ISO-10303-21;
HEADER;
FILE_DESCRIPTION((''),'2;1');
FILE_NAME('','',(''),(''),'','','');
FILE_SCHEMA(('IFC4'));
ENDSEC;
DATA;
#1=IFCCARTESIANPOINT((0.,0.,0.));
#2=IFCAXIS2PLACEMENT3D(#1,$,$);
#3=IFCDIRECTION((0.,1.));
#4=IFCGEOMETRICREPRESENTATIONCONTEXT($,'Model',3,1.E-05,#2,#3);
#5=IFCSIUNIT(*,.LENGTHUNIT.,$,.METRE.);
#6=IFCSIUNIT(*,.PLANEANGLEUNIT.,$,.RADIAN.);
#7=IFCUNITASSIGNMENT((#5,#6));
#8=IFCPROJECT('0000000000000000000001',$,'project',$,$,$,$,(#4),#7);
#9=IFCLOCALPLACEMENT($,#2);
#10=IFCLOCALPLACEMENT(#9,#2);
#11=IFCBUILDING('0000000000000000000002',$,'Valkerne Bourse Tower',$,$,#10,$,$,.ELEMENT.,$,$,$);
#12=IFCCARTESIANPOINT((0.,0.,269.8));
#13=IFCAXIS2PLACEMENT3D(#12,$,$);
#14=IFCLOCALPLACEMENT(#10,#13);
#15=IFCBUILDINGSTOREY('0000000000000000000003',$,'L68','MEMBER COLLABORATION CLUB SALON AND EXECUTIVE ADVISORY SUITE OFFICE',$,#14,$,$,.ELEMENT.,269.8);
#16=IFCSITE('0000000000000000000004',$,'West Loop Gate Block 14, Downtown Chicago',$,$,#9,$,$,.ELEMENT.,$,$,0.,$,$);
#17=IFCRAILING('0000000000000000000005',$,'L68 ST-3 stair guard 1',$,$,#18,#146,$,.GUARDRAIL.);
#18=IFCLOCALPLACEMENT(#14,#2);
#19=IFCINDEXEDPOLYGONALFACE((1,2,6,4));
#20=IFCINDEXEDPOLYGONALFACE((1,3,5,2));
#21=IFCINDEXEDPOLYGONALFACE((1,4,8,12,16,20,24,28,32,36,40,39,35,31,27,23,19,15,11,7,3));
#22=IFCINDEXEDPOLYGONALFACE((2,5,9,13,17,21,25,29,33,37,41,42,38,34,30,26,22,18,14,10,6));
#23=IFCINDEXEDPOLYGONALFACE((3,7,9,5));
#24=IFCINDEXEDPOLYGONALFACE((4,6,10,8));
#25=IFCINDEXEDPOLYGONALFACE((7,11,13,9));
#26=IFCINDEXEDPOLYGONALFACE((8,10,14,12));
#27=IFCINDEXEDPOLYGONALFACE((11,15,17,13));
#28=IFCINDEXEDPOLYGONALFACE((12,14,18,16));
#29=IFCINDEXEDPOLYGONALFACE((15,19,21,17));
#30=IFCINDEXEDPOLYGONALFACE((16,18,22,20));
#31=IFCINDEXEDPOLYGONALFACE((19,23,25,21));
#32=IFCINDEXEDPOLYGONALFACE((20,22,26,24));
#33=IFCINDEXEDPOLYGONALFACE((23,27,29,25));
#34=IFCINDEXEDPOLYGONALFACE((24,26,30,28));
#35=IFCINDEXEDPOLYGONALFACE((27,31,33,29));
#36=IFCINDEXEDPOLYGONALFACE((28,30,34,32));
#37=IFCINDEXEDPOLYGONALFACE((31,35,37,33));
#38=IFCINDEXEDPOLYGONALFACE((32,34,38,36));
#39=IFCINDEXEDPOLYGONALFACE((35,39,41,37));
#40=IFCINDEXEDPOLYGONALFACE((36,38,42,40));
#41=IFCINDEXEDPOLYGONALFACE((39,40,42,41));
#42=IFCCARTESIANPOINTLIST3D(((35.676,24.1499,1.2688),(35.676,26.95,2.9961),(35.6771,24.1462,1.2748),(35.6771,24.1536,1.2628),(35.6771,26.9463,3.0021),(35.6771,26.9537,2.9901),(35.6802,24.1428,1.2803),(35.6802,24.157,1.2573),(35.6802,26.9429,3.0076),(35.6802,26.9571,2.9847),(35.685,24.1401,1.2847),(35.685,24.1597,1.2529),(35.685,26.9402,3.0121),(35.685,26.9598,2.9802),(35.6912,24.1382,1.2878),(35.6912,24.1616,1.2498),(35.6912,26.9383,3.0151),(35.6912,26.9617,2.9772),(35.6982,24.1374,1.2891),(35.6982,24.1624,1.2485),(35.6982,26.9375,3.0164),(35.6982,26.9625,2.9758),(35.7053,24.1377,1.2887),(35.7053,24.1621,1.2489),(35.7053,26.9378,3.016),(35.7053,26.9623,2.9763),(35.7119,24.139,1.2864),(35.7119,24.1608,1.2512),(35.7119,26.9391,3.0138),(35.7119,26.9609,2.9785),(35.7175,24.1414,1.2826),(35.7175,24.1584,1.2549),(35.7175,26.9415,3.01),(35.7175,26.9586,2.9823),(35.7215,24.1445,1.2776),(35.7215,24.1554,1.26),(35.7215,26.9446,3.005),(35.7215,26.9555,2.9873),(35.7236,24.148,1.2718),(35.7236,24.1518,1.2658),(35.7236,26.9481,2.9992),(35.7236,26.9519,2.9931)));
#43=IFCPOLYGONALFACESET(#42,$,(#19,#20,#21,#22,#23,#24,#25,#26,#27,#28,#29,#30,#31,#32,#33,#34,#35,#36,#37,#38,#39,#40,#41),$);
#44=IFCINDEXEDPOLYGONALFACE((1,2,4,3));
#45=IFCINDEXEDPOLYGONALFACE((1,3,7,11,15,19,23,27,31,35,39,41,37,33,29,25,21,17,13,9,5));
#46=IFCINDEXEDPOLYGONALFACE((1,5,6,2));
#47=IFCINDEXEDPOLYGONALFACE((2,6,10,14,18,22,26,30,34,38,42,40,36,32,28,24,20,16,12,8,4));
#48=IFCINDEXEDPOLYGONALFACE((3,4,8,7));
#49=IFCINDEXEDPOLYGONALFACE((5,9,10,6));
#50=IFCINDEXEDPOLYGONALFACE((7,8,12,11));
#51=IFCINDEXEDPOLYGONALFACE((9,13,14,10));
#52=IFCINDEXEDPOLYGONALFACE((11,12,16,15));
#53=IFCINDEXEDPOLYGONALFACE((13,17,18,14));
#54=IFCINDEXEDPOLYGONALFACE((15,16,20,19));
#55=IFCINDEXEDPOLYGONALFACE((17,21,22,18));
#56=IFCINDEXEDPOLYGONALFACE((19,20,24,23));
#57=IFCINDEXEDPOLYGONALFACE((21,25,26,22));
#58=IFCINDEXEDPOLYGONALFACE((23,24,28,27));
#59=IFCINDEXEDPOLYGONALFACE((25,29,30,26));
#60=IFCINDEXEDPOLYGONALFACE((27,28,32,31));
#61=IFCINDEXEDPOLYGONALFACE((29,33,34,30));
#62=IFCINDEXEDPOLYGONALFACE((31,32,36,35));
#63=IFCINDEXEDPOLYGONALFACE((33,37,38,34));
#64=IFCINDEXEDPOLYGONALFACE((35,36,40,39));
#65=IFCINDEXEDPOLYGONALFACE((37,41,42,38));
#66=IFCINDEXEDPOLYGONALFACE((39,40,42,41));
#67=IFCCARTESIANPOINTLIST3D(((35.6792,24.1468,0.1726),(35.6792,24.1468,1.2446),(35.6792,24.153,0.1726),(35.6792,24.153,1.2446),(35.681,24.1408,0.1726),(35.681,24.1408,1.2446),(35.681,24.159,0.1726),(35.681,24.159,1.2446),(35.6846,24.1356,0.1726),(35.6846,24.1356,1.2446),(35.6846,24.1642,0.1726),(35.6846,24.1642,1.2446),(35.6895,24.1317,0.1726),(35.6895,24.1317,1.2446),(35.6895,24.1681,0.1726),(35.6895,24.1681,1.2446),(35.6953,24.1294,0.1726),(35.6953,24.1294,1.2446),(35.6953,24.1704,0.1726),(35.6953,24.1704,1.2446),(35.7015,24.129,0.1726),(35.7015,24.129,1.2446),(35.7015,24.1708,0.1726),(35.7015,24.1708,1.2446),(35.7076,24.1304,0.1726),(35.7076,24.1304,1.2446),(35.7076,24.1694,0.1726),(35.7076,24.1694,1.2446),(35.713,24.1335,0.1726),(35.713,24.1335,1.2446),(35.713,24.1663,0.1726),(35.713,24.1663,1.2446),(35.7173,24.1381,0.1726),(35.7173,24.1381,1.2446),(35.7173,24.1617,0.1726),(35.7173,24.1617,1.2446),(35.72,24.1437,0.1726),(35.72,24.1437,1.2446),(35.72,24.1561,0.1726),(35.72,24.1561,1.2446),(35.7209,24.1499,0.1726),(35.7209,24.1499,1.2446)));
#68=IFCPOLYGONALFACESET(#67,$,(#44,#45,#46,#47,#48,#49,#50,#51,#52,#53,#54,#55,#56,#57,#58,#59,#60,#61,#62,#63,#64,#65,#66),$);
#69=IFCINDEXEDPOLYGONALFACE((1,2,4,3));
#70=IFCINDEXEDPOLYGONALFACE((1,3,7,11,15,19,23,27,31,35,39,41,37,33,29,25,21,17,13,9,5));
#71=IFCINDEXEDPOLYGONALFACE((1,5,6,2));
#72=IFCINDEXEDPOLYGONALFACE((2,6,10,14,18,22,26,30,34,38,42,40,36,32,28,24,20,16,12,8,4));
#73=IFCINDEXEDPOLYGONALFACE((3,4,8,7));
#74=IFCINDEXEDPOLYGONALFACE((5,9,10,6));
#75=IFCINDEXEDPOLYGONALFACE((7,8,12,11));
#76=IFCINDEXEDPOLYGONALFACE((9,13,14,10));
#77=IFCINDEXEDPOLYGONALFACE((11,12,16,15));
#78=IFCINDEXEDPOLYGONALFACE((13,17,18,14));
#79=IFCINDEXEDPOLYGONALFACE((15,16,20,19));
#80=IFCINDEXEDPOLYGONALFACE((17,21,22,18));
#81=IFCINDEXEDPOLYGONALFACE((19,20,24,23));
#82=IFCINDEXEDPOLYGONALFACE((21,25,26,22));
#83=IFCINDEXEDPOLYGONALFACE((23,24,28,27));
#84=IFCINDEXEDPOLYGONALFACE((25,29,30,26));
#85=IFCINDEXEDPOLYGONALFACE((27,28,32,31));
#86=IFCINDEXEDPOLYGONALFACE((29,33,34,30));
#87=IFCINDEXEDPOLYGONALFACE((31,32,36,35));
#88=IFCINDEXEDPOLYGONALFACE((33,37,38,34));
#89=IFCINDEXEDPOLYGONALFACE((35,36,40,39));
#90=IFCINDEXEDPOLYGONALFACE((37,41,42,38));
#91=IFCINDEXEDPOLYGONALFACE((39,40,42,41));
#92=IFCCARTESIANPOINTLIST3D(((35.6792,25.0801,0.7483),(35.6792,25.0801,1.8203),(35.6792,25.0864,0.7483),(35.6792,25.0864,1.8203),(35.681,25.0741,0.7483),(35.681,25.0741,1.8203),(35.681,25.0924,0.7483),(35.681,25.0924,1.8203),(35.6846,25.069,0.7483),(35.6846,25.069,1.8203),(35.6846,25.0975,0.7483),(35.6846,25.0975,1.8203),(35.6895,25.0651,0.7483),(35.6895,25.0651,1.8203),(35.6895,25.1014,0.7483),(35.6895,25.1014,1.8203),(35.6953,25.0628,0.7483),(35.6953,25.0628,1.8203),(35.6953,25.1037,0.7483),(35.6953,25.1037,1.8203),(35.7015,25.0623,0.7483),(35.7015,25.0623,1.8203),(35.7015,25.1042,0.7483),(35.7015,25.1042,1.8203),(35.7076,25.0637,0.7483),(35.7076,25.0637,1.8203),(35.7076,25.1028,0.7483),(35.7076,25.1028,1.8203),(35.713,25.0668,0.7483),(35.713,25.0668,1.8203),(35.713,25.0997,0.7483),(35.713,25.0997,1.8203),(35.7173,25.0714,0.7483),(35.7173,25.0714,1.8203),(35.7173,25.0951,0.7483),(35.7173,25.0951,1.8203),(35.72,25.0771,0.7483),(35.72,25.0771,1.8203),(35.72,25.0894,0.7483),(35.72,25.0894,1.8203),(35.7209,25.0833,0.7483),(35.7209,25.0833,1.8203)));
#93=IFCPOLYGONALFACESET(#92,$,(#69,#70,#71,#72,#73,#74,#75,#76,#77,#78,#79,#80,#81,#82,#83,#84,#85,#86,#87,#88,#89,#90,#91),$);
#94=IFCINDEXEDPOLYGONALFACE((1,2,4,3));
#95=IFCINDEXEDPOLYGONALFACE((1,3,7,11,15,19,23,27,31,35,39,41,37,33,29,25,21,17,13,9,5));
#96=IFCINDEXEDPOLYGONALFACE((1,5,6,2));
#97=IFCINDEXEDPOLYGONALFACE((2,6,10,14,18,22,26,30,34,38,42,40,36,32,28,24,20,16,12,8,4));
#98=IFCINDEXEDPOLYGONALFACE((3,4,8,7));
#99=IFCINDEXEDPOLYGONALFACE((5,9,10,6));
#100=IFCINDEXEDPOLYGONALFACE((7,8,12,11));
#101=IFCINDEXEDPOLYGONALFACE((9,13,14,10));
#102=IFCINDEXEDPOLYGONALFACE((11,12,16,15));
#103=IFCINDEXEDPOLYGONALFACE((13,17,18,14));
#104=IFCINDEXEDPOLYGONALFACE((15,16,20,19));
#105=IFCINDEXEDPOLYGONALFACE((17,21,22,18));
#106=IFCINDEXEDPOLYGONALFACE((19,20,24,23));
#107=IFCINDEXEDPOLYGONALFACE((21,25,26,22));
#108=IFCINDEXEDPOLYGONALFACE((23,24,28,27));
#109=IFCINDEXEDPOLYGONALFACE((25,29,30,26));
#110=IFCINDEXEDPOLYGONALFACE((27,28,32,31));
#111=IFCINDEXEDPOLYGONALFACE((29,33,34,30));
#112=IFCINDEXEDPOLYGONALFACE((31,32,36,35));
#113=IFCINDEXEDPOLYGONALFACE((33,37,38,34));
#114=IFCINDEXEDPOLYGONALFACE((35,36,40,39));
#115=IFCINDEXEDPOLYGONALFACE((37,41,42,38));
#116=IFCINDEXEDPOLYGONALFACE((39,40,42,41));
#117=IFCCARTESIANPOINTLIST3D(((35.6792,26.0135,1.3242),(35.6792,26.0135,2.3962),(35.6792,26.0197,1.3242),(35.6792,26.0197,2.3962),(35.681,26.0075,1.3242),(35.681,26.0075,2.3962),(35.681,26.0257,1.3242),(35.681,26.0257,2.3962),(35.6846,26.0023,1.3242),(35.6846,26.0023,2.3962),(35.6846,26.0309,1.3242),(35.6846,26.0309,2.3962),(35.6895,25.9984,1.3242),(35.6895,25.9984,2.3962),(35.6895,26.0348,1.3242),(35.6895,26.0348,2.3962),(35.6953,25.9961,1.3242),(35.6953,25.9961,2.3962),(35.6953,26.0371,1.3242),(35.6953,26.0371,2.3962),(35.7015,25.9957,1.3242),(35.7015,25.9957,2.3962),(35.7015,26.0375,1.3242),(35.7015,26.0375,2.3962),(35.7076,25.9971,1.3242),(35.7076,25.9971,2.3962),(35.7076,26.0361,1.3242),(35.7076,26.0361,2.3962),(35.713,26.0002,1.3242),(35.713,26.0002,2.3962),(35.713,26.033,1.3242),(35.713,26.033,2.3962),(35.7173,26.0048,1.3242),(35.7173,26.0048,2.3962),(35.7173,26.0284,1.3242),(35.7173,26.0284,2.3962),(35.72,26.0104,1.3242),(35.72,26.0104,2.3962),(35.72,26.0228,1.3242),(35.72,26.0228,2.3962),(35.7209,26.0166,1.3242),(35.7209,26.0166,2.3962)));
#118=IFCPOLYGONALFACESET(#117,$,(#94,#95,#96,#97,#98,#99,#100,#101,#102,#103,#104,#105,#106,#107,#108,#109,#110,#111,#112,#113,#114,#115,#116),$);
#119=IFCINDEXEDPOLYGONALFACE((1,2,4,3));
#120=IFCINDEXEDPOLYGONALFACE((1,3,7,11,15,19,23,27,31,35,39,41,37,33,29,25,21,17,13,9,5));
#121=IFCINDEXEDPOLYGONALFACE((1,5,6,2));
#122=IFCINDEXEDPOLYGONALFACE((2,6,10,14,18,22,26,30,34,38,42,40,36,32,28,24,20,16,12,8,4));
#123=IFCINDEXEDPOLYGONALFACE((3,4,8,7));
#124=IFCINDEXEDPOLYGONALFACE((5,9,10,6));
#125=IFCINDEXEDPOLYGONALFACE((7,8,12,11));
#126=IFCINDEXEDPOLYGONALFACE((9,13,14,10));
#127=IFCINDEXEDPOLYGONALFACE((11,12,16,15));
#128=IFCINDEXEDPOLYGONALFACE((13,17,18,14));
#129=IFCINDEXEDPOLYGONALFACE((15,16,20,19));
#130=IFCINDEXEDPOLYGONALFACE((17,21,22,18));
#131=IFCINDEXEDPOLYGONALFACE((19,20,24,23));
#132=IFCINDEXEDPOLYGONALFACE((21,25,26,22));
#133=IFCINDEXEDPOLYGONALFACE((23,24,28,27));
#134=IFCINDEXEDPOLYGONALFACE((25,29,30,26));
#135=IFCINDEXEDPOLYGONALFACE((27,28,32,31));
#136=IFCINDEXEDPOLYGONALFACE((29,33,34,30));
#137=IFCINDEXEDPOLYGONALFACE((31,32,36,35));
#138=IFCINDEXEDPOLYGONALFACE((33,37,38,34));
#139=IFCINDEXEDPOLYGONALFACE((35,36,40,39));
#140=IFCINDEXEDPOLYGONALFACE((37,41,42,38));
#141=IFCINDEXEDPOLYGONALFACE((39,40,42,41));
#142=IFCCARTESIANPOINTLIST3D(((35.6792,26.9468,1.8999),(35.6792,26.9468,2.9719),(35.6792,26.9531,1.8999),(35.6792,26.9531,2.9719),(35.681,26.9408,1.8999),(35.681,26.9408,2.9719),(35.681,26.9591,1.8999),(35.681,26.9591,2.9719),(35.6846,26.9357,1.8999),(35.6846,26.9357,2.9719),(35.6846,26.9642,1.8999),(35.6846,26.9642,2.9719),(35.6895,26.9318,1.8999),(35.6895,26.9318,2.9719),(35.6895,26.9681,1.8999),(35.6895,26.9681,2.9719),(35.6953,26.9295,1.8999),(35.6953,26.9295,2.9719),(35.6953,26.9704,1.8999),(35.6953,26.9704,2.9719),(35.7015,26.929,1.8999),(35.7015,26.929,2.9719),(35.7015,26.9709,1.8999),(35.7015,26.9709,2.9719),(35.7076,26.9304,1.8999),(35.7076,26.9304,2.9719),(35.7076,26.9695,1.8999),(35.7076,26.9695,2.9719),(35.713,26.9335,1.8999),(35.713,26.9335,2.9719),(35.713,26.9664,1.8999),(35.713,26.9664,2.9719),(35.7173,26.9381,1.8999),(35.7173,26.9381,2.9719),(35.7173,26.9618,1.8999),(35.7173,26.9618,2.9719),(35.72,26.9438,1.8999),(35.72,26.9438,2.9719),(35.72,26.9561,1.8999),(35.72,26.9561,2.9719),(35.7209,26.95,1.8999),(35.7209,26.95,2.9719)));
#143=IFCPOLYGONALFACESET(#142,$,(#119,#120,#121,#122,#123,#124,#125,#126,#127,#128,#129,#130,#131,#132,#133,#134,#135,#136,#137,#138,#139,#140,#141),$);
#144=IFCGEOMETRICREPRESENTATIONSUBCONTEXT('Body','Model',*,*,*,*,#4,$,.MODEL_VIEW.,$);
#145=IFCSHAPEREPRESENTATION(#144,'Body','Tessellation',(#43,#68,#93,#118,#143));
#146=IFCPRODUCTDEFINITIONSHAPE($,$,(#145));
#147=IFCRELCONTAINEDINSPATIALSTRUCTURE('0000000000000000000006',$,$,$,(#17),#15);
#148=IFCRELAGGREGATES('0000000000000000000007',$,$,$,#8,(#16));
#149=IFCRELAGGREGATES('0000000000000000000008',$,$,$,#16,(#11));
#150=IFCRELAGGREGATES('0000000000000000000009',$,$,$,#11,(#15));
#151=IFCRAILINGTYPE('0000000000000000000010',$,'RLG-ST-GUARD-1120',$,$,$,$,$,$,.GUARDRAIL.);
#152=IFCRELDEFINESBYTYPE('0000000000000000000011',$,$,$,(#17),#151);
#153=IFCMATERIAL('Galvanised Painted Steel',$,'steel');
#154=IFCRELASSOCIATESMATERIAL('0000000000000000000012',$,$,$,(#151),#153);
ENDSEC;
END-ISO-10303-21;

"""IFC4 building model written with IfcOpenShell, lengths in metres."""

from ifc_helpers import new_model, si_unit, direction, frame, origin, origin_2d, place, context, subcontext, project, spatial, circle, extrude, material, type_object, element, save


model = new_model("IFC4")

# Units and contexts
model_context = context("Model", 3, precision=1e-05, world=origin(), true_north=direction((0.0, 1.0)))
body_context = subcontext(model_context, "Body", "Model", "MODEL_VIEW")
ifc_project = project(units=[si_unit("LENGTHUNIT", "METRE"), si_unit("PLANEANGLEUNIT", "RADIAN")], contexts=[model_context])

# Site, building, storey
site_placement = place(None, origin())
site = spatial("IfcSite", under=ifc_project, at=site_placement, Name="West Loop Gate Block 14, Downtown Chicago", CompositionType="ELEMENT", RefElevation=0.0)
building_placement = place(site_placement, origin())
building = spatial("IfcBuilding", under=site, at=building_placement, Name="Valkerne Bourse Tower", CompositionType="ELEMENT")
storey_placement = place(building_placement, frame((0.0, 0.0, 269.8)))
storey = spatial("IfcBuildingStorey", under=building, at=storey_placement, Name="L68", Description="MEMBER COLLABORATION CLUB SALON AND EXECUTIVE ADVISORY SUITE OFFICE", CompositionType="ELEMENT", Elevation=269.8)

# Railing
ifc_material_1 = material(Name="Galvanised Painted Steel", Category="steel")
railing_type_1 = type_object("IfcRailingType", Name="RLG-ST-GUARD-1120", PredefinedType="GUARDRAIL", material=ifc_material_1)
railing_1_placement = place(storey_placement, frame((35.7, 24.1499, 0.1726)))
element("IfcRailing", 1, at=railing_1_placement, inside=storey, type_object=railing_type_1, Name="L68 ST-3 stair guard 1", PredefinedType="GUARDRAIL", context=body_context, shape_type="SweptSolid", body=[
    extrude(circle(Radius=0.0239, at=origin_2d()), frame((0.0, 0.0, 1.0962), z_axis=(0.0, 0.85109, 0.52502), x_axis=(-1.0, 0.0, 0.0)), (0.0, 0.0, 1.0), 3.29),
    extrude(circle(Radius=0.021, at=origin_2d()), origin(), (0.0, 0.0, 1.0), 1.072),
    extrude(circle(Radius=0.021, at=origin_2d()), frame((0.0, 0.9333, 0.5757)), (0.0, 0.0, 1.0), 1.072),
    extrude(circle(Radius=0.021, at=origin_2d()), frame((0.0, 1.8667, 1.1516)), (0.0, 0.0, 1.0), 1.072),
    extrude(circle(Radius=0.021, at=origin_2d()), frame((0.0, 2.8, 1.7273)), (0.0, 0.0, 1.0), 1.072),
])

save(model, "model.ifc")
